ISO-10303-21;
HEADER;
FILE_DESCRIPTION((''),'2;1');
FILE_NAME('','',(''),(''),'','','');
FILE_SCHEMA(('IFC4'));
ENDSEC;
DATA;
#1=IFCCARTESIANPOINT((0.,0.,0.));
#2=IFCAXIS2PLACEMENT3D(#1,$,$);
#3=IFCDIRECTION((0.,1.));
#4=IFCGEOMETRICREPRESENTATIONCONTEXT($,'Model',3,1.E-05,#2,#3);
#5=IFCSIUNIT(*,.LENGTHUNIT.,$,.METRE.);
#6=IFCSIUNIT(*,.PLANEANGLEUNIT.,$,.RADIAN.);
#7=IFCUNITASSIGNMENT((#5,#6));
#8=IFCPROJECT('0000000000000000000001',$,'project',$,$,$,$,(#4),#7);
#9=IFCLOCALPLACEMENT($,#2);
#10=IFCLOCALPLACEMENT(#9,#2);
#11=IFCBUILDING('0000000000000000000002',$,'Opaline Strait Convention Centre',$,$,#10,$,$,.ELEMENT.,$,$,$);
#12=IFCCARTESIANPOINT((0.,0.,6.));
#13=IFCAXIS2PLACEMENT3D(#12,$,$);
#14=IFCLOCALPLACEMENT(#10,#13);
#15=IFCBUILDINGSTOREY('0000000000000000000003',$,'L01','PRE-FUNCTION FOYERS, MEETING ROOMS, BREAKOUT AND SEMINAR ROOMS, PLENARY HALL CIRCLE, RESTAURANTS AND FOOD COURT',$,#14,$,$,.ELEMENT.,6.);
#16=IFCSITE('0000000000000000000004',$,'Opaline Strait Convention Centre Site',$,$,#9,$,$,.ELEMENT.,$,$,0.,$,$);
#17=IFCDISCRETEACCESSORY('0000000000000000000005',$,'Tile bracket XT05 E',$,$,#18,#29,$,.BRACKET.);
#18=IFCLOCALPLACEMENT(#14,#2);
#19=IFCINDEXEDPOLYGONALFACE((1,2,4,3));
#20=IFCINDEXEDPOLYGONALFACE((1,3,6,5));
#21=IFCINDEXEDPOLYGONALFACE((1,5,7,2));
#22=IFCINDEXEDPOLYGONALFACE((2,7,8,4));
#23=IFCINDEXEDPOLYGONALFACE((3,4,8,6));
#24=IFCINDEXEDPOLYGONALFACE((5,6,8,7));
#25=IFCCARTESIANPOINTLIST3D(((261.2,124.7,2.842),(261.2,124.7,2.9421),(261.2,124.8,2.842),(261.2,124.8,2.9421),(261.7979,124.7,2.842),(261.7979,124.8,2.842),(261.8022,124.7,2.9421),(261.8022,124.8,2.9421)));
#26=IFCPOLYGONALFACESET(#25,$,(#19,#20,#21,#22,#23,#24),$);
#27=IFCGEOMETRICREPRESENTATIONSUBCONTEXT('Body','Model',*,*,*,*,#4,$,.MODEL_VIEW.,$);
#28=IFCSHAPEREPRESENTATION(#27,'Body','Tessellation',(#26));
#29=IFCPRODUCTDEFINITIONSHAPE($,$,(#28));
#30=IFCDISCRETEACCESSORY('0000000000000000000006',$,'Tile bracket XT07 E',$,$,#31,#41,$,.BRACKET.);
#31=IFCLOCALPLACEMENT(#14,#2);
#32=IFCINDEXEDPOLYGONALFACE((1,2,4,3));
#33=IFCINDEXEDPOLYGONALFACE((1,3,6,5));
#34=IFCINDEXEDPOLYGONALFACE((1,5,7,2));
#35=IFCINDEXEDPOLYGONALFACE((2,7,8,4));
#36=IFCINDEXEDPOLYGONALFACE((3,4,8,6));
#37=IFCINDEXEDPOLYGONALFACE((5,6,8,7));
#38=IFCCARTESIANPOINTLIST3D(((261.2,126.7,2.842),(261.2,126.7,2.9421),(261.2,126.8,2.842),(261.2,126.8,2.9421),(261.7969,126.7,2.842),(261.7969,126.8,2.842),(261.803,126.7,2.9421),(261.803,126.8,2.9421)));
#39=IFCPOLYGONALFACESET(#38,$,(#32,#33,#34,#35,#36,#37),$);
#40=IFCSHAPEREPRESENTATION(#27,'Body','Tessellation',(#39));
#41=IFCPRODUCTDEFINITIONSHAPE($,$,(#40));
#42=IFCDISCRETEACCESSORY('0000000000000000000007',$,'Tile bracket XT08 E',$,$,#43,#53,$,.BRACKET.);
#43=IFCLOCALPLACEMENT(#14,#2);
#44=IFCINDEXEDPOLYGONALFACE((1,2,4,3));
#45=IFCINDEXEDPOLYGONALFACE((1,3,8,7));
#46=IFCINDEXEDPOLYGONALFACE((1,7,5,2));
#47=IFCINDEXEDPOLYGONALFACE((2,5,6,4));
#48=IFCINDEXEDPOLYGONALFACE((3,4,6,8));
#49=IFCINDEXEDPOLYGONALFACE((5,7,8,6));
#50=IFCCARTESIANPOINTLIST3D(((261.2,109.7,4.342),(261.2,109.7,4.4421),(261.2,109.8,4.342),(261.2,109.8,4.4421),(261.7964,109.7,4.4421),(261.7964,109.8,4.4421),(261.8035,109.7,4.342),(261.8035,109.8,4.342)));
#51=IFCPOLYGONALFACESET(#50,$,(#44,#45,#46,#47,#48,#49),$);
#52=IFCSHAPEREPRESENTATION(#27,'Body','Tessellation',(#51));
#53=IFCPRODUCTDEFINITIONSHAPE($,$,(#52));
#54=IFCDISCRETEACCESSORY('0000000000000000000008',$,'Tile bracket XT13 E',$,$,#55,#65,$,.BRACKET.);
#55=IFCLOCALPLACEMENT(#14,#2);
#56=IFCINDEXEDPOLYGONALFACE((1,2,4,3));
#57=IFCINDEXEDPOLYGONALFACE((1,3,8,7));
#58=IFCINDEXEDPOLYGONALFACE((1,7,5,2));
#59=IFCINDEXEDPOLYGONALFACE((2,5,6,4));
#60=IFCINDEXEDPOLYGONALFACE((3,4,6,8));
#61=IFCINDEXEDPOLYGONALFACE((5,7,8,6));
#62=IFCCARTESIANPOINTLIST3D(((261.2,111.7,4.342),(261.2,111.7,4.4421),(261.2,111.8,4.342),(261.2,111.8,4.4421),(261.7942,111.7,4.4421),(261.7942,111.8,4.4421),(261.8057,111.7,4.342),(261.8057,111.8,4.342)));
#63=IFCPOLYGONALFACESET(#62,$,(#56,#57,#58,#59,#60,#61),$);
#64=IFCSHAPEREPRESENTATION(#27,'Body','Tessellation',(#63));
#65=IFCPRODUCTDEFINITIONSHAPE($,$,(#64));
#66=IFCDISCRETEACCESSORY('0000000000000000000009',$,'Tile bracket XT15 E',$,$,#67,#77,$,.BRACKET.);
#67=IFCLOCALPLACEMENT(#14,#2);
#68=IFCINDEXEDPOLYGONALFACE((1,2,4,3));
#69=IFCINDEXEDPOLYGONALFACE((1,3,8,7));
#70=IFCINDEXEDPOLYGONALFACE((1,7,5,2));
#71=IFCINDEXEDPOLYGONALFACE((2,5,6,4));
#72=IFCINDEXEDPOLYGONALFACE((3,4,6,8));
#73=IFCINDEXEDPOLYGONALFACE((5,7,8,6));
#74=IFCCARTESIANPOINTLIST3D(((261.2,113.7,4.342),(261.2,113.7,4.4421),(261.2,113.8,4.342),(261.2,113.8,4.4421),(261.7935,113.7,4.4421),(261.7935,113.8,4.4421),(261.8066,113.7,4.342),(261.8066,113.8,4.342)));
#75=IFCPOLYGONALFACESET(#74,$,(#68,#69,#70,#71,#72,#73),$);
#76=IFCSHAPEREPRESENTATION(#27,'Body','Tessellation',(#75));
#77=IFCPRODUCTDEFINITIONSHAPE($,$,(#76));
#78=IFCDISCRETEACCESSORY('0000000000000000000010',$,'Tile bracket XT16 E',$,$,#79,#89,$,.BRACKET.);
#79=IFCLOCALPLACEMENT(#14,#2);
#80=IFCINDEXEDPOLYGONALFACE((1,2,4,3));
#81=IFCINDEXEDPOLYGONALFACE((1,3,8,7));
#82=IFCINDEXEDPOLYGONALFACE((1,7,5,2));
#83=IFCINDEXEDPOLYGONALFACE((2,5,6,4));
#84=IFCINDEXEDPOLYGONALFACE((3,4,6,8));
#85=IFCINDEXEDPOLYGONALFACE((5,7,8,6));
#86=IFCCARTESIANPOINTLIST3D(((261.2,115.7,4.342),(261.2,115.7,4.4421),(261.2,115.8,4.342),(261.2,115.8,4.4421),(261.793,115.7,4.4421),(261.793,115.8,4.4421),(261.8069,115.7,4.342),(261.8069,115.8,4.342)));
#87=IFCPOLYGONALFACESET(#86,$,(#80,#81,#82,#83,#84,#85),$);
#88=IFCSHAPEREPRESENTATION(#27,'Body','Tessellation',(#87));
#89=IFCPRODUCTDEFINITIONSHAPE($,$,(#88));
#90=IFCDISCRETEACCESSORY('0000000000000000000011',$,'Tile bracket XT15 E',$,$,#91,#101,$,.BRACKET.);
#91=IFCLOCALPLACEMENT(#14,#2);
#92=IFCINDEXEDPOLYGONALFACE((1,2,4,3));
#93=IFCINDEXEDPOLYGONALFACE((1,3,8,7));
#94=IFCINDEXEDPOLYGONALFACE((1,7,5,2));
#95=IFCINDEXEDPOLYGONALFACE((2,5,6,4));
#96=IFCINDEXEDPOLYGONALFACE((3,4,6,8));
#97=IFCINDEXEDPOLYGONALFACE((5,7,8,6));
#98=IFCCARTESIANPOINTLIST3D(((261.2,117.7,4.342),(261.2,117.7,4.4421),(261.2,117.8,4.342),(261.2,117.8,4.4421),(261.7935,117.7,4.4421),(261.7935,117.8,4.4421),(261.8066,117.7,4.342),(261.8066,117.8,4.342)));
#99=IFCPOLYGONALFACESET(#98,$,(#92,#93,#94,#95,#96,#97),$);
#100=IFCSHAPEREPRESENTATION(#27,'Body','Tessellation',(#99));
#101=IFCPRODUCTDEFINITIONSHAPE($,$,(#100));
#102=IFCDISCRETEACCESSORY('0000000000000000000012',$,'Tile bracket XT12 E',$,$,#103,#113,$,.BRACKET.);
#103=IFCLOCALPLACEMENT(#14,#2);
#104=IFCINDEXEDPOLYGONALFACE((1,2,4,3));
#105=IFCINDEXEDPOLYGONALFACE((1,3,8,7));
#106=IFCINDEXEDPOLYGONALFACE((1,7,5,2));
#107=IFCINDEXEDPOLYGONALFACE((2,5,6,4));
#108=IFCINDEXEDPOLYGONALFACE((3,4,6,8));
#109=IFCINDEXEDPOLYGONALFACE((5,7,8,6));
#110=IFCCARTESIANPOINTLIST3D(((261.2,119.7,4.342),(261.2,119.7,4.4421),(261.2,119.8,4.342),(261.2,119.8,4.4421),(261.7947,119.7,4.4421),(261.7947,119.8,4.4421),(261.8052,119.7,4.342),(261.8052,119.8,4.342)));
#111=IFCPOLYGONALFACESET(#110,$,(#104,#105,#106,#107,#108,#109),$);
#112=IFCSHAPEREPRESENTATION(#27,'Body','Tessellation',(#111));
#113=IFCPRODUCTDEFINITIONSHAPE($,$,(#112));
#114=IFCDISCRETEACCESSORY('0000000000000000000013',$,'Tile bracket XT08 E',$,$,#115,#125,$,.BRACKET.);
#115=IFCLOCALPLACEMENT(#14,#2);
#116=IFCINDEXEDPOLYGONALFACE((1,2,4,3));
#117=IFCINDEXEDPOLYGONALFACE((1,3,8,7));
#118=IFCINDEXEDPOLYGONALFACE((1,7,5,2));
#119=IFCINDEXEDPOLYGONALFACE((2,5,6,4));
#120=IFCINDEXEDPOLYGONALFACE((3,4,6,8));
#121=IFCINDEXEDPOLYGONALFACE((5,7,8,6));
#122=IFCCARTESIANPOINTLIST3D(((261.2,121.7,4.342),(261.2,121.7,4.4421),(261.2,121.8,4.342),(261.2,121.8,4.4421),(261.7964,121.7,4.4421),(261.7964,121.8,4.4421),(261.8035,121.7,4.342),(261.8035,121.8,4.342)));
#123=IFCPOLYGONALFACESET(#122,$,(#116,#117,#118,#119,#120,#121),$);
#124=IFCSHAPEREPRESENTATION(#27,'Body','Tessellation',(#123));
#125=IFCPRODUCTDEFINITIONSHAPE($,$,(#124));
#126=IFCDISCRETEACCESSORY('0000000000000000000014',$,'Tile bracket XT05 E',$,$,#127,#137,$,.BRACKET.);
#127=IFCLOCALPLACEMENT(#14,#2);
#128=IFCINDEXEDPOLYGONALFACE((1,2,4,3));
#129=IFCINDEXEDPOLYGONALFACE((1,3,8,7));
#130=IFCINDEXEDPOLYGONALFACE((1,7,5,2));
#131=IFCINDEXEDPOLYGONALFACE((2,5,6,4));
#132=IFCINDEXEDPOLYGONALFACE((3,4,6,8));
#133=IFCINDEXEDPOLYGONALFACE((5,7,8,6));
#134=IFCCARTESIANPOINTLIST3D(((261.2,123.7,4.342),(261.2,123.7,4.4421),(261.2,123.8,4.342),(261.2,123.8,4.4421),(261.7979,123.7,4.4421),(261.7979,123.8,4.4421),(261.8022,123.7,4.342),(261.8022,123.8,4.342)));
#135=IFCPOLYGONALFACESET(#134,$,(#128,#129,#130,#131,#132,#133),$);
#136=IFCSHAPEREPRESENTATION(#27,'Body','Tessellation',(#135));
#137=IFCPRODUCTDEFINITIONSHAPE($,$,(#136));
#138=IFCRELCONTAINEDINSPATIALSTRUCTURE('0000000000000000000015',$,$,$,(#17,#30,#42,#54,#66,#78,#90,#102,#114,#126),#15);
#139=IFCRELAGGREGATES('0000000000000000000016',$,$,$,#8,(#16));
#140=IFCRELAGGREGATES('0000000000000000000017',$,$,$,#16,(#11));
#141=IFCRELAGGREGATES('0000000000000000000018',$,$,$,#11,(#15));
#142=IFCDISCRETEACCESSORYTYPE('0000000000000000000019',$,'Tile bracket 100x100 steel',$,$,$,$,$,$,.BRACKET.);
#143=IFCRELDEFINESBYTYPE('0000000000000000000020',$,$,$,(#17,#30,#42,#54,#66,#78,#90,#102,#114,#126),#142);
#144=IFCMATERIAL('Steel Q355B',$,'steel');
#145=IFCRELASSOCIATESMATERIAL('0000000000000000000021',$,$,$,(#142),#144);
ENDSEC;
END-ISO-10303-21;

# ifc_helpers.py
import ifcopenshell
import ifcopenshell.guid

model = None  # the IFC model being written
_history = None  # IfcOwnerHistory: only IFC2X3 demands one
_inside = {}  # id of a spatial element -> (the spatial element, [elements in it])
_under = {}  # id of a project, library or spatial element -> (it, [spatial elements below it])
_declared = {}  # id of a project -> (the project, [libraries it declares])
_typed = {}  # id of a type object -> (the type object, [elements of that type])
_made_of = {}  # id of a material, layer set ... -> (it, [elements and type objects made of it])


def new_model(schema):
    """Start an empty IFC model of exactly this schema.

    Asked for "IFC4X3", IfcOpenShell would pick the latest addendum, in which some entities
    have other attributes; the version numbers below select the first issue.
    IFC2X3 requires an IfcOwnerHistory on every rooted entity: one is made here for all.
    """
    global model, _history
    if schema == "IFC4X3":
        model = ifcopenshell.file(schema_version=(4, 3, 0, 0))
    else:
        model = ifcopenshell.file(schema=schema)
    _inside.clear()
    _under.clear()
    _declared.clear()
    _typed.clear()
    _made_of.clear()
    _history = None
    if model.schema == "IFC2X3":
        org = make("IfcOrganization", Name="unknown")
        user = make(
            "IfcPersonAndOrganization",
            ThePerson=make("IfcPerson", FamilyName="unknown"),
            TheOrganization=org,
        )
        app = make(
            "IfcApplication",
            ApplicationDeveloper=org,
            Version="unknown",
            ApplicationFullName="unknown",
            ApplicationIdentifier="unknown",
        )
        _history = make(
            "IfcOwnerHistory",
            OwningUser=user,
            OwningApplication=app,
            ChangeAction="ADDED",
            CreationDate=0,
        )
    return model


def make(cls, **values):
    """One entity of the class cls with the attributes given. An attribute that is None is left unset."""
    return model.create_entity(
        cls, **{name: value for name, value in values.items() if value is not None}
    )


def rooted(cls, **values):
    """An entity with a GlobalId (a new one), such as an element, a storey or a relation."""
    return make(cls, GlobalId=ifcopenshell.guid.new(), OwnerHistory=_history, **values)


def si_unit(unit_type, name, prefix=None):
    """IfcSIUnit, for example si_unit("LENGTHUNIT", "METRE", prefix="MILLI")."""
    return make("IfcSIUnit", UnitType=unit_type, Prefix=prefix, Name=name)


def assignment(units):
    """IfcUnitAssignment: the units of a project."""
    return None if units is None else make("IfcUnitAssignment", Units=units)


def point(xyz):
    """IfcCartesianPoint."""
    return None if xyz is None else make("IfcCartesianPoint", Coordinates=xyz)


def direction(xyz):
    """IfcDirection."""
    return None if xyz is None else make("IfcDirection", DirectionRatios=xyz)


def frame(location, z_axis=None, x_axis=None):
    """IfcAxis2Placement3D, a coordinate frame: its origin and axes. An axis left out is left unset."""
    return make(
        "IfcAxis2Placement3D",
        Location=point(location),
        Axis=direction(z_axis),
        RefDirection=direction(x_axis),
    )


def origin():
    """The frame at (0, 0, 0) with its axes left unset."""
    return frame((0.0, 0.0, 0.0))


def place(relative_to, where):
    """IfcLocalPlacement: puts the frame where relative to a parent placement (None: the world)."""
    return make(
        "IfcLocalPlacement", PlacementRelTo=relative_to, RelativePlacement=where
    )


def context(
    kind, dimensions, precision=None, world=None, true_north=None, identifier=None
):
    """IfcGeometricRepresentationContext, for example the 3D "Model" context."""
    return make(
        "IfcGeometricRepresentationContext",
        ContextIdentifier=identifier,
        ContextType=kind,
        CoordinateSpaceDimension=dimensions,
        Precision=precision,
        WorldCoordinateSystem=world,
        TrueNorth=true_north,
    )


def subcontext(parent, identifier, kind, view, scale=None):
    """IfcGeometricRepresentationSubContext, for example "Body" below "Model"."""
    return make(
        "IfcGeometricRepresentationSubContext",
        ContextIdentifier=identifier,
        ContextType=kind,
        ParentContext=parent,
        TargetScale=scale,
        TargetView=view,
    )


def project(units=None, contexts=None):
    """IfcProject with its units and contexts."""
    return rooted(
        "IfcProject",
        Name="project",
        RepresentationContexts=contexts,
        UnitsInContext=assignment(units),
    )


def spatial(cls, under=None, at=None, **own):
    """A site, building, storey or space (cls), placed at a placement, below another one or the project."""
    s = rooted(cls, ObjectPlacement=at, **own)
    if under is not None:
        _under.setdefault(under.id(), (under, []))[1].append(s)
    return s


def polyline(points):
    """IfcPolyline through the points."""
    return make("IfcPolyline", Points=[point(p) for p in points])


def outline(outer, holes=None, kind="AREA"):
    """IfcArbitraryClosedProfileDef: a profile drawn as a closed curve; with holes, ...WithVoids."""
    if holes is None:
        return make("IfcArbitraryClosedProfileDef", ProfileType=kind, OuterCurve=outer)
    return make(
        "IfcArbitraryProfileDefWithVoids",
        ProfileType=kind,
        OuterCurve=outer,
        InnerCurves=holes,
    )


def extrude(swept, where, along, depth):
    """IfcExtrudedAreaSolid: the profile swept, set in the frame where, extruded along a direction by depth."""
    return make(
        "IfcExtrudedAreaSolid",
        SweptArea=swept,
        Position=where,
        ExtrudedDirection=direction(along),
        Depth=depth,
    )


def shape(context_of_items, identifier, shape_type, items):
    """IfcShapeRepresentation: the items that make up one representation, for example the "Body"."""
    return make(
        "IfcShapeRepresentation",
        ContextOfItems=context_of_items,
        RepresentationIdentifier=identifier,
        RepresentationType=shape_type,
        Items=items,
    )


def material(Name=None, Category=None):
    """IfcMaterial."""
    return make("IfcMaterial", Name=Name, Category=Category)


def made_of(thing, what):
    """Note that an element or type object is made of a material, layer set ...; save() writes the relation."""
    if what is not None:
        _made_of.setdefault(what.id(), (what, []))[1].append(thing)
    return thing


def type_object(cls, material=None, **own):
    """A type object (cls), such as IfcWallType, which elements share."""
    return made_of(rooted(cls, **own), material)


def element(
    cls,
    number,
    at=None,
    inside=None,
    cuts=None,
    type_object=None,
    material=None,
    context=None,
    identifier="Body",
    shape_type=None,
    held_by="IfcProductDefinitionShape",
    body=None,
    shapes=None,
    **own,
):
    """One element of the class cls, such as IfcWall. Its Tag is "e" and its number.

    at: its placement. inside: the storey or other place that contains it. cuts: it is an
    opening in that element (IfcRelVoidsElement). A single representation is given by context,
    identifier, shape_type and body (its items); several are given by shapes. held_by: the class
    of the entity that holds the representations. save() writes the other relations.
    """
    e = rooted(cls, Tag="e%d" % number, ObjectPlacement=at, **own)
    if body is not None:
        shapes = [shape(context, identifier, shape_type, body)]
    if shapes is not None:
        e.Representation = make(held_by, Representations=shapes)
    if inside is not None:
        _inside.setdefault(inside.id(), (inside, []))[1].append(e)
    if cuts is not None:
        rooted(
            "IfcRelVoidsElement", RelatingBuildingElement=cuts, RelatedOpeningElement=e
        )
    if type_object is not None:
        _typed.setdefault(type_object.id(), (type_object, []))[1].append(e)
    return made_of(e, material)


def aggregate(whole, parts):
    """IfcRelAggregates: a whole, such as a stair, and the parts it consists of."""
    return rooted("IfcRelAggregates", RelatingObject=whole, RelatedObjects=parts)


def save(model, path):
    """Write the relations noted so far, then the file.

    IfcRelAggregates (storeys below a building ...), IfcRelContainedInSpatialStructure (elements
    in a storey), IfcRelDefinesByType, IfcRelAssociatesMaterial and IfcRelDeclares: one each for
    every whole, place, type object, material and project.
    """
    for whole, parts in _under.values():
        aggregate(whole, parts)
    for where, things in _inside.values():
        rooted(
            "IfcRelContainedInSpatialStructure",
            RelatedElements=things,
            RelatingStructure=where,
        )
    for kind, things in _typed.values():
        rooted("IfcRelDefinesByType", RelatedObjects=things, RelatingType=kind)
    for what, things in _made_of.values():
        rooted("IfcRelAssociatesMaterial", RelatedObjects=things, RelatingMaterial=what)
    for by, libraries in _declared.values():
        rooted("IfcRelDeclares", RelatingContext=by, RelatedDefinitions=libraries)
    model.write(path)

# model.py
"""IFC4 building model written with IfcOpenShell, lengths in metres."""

from ifc_helpers import new_model, si_unit, direction, frame, origin, place, context, subcontext, project, spatial, polyline, outline, extrude, material, type_object, element, save


model = new_model("IFC4")

# Units and contexts
model_context = context("Model", 3, precision=1e-05, world=origin(), true_north=direction((0.0, 1.0)))
body_context = subcontext(model_context, "Body", "Model", "MODEL_VIEW")
ifc_project = project(units=[si_unit("LENGTHUNIT", "METRE"), si_unit("PLANEANGLEUNIT", "RADIAN")], contexts=[model_context])

# Site, building, storey
site_placement = place(None, origin())
site = spatial("IfcSite", under=ifc_project, at=site_placement, Name="Opaline Strait Convention Centre Site", CompositionType="ELEMENT", RefElevation=0.0)
building_placement = place(site_placement, origin())
building = spatial("IfcBuilding", under=site, at=building_placement, Name="Opaline Strait Convention Centre", CompositionType="ELEMENT")
storey_placement = place(building_placement, frame((0.0, 0.0, 6.0)))
storey = spatial("IfcBuildingStorey", under=building, at=storey_placement, Name="L01", Description="PRE-FUNCTION FOYERS, MEETING ROOMS, BREAKOUT AND SEMINAR ROOMS, PLENARY HALL CIRCLE, RESTAURANTS AND FOOD COURT", CompositionType="ELEMENT", Elevation=6.0)

# Discrete accessories
ifc_material = material(Name="Steel Q355B", Category="steel")
discrete_accessory_type = type_object("IfcDiscreteAccessoryType", Name="Tile bracket 100x100 steel", PredefinedType="BRACKET", material=ifc_material)
discrete_accessory_1_placement = place(storey_placement, frame((261.2, 124.7, 2.8921), z_axis=(0.0, 1.0, 0.0), x_axis=(-1.0, 0.0, 0.0)))
element("IfcDiscreteAccessory", 1, at=discrete_accessory_1_placement, inside=storey, type_object=discrete_accessory_type, Name="Tile bracket XT05 E", PredefinedType="BRACKET", context=body_context, shape_type="SweptSolid", body=[
    extrude(outline(polyline([(0.0, -0.05), (0.0, 0.05), (-0.6023, 0.05), (-0.5979, -0.05), (0.0, -0.05)])), origin(), (0.0, 0.0, 1.0), 0.1001),
])
discrete_accessory_2_placement = place(storey_placement, frame((261.2, 126.7, 2.8921), z_axis=(0.0, 1.0, 0.0), x_axis=(-1.0, 0.0, 0.0)))
element("IfcDiscreteAccessory", 2, at=discrete_accessory_2_placement, inside=storey, type_object=discrete_accessory_type, Name="Tile bracket XT07 E", PredefinedType="BRACKET", context=body_context, shape_type="SweptSolid", body=[
    extrude(outline(polyline([(0.0, -0.05), (0.0, 0.05), (-0.603, 0.05), (-0.5969, -0.05), (0.0, -0.05)])), origin(), (0.0, 0.0, 1.0), 0.1001),
])
discrete_accessory_3_placement = place(storey_placement, frame((261.2, 109.7, 4.3921), z_axis=(0.0, 1.0, 0.0), x_axis=(-1.0, 0.0, 0.0)))
element("IfcDiscreteAccessory", 3, at=discrete_accessory_3_placement, inside=storey, type_object=discrete_accessory_type, Name="Tile bracket XT08 E", PredefinedType="BRACKET", context=body_context, shape_type="SweptSolid", body=[
    extrude(outline(polyline([(0.0, -0.05), (0.0, 0.05), (-0.5964, 0.05), (-0.6035, -0.05), (0.0, -0.05)])), origin(), (0.0, 0.0, 1.0), 0.1001),
])
discrete_accessory_4_placement = place(storey_placement, frame((261.2, 111.7, 4.3921), z_axis=(0.0, 1.0, 0.0), x_axis=(-1.0, 0.0, 0.0)))
element("IfcDiscreteAccessory", 4, at=discrete_accessory_4_placement, inside=storey, type_object=discrete_accessory_type, Name="Tile bracket XT13 E", PredefinedType="BRACKET", context=body_context, shape_type="SweptSolid", body=[
    extrude(outline(polyline([(0.0, -0.05), (0.0, 0.05), (-0.5942, 0.05), (-0.6057, -0.05), (0.0, -0.05)])), origin(), (0.0, 0.0, 1.0), 0.1001),
])
discrete_accessory_5_placement = place(storey_placement, frame((261.2, 113.7, 4.3921), z_axis=(0.0, 1.0, 0.0), x_axis=(-1.0, 0.0, 0.0)))
element("IfcDiscreteAccessory", 5, at=discrete_accessory_5_placement, inside=storey, type_object=discrete_accessory_type, Name="Tile bracket XT15 E", PredefinedType="BRACKET", context=body_context, shape_type="SweptSolid", body=[
    extrude(outline(polyline([(0.0, -0.05), (0.0, 0.05), (-0.5935, 0.05), (-0.6067, -0.05), (0.0, -0.05)])), origin(), (0.0, 0.0, 1.0), 0.1001),
])
discrete_accessory_6_placement = place(storey_placement, frame((261.2, 115.7, 4.3921), z_axis=(0.0, 1.0, 0.0), x_axis=(-1.0, 0.0, 0.0)))
element("IfcDiscreteAccessory", 6, at=discrete_accessory_6_placement, inside=storey, type_object=discrete_accessory_type, Name="Tile bracket XT16 E", PredefinedType="BRACKET", context=body_context, shape_type="SweptSolid", body=[
    extrude(outline(polyline([(0.0, -0.05), (0.0, 0.05), (-0.593, 0.05), (-0.6069, -0.05), (0.0, -0.05)])), origin(), (0.0, 0.0, 1.0), 0.1001),
])
discrete_accessory_7_placement = place(storey_placement, frame((261.2, 117.7, 4.3921), z_axis=(0.0, 1.0, 0.0), x_axis=(-1.0, 0.0, 0.0)))
element("IfcDiscreteAccessory", 7, at=discrete_accessory_7_placement, inside=storey, type_object=discrete_accessory_type, Name="Tile bracket XT15 E", PredefinedType="BRACKET", context=body_context, shape_type="SweptSolid", body=[
    extrude(outline(polyline([(0.0, -0.05), (0.0, 0.05), (-0.5935, 0.05), (-0.6067, -0.05), (0.0, -0.05)])), origin(), (0.0, 0.0, 1.0), 0.1001),
])
discrete_accessory_8_placement = place(storey_placement, frame((261.2, 119.7, 4.3921), z_axis=(0.0, 1.0, 0.0), x_axis=(-1.0, 0.0, 0.0)))
element("IfcDiscreteAccessory", 8, at=discrete_accessory_8_placement, inside=storey, type_object=discrete_accessory_type, Name="Tile bracket XT12 E", PredefinedType="BRACKET", context=body_context, shape_type="SweptSolid", body=[
    extrude(outline(polyline([(0.0, -0.05), (0.0, 0.05), (-0.5947, 0.05), (-0.6052, -0.05), (0.0, -0.05)])), origin(), (0.0, 0.0, 1.0), 0.1001),
])
discrete_accessory_9_placement = place(storey_placement, frame((261.2, 121.7, 4.3921), z_axis=(0.0, 1.0, 0.0), x_axis=(-1.0, 0.0, 0.0)))
element("IfcDiscreteAccessory", 9, at=discrete_accessory_9_placement, inside=storey, type_object=discrete_accessory_type, Name="Tile bracket XT08 E", PredefinedType="BRACKET", context=body_context, shape_type="SweptSolid", body=[
    extrude(outline(polyline([(0.0, -0.05), (0.0, 0.05), (-0.5964, 0.05), (-0.6035, -0.05), (0.0, -0.05)])), origin(), (0.0, 0.0, 1.0), 0.1001),
])
discrete_accessory_10_placement = place(storey_placement, frame((261.2, 123.7, 4.3921), z_axis=(0.0, 1.0, 0.0), x_axis=(-1.0, 0.0, 0.0)))
element("IfcDiscreteAccessory", 10, at=discrete_accessory_10_placement, inside=storey, type_object=discrete_accessory_type, Name="Tile bracket XT05 E", PredefinedType="BRACKET", context=body_context, shape_type="SweptSolid", body=[
    extrude(outline(polyline([(0.0, -0.05), (0.0, 0.05), (-0.5979, 0.05), (-0.6023, -0.05), (0.0, -0.05)])), origin(), (0.0, 0.0, 1.0), 0.1001),
])

save(model, "model.ifc")
